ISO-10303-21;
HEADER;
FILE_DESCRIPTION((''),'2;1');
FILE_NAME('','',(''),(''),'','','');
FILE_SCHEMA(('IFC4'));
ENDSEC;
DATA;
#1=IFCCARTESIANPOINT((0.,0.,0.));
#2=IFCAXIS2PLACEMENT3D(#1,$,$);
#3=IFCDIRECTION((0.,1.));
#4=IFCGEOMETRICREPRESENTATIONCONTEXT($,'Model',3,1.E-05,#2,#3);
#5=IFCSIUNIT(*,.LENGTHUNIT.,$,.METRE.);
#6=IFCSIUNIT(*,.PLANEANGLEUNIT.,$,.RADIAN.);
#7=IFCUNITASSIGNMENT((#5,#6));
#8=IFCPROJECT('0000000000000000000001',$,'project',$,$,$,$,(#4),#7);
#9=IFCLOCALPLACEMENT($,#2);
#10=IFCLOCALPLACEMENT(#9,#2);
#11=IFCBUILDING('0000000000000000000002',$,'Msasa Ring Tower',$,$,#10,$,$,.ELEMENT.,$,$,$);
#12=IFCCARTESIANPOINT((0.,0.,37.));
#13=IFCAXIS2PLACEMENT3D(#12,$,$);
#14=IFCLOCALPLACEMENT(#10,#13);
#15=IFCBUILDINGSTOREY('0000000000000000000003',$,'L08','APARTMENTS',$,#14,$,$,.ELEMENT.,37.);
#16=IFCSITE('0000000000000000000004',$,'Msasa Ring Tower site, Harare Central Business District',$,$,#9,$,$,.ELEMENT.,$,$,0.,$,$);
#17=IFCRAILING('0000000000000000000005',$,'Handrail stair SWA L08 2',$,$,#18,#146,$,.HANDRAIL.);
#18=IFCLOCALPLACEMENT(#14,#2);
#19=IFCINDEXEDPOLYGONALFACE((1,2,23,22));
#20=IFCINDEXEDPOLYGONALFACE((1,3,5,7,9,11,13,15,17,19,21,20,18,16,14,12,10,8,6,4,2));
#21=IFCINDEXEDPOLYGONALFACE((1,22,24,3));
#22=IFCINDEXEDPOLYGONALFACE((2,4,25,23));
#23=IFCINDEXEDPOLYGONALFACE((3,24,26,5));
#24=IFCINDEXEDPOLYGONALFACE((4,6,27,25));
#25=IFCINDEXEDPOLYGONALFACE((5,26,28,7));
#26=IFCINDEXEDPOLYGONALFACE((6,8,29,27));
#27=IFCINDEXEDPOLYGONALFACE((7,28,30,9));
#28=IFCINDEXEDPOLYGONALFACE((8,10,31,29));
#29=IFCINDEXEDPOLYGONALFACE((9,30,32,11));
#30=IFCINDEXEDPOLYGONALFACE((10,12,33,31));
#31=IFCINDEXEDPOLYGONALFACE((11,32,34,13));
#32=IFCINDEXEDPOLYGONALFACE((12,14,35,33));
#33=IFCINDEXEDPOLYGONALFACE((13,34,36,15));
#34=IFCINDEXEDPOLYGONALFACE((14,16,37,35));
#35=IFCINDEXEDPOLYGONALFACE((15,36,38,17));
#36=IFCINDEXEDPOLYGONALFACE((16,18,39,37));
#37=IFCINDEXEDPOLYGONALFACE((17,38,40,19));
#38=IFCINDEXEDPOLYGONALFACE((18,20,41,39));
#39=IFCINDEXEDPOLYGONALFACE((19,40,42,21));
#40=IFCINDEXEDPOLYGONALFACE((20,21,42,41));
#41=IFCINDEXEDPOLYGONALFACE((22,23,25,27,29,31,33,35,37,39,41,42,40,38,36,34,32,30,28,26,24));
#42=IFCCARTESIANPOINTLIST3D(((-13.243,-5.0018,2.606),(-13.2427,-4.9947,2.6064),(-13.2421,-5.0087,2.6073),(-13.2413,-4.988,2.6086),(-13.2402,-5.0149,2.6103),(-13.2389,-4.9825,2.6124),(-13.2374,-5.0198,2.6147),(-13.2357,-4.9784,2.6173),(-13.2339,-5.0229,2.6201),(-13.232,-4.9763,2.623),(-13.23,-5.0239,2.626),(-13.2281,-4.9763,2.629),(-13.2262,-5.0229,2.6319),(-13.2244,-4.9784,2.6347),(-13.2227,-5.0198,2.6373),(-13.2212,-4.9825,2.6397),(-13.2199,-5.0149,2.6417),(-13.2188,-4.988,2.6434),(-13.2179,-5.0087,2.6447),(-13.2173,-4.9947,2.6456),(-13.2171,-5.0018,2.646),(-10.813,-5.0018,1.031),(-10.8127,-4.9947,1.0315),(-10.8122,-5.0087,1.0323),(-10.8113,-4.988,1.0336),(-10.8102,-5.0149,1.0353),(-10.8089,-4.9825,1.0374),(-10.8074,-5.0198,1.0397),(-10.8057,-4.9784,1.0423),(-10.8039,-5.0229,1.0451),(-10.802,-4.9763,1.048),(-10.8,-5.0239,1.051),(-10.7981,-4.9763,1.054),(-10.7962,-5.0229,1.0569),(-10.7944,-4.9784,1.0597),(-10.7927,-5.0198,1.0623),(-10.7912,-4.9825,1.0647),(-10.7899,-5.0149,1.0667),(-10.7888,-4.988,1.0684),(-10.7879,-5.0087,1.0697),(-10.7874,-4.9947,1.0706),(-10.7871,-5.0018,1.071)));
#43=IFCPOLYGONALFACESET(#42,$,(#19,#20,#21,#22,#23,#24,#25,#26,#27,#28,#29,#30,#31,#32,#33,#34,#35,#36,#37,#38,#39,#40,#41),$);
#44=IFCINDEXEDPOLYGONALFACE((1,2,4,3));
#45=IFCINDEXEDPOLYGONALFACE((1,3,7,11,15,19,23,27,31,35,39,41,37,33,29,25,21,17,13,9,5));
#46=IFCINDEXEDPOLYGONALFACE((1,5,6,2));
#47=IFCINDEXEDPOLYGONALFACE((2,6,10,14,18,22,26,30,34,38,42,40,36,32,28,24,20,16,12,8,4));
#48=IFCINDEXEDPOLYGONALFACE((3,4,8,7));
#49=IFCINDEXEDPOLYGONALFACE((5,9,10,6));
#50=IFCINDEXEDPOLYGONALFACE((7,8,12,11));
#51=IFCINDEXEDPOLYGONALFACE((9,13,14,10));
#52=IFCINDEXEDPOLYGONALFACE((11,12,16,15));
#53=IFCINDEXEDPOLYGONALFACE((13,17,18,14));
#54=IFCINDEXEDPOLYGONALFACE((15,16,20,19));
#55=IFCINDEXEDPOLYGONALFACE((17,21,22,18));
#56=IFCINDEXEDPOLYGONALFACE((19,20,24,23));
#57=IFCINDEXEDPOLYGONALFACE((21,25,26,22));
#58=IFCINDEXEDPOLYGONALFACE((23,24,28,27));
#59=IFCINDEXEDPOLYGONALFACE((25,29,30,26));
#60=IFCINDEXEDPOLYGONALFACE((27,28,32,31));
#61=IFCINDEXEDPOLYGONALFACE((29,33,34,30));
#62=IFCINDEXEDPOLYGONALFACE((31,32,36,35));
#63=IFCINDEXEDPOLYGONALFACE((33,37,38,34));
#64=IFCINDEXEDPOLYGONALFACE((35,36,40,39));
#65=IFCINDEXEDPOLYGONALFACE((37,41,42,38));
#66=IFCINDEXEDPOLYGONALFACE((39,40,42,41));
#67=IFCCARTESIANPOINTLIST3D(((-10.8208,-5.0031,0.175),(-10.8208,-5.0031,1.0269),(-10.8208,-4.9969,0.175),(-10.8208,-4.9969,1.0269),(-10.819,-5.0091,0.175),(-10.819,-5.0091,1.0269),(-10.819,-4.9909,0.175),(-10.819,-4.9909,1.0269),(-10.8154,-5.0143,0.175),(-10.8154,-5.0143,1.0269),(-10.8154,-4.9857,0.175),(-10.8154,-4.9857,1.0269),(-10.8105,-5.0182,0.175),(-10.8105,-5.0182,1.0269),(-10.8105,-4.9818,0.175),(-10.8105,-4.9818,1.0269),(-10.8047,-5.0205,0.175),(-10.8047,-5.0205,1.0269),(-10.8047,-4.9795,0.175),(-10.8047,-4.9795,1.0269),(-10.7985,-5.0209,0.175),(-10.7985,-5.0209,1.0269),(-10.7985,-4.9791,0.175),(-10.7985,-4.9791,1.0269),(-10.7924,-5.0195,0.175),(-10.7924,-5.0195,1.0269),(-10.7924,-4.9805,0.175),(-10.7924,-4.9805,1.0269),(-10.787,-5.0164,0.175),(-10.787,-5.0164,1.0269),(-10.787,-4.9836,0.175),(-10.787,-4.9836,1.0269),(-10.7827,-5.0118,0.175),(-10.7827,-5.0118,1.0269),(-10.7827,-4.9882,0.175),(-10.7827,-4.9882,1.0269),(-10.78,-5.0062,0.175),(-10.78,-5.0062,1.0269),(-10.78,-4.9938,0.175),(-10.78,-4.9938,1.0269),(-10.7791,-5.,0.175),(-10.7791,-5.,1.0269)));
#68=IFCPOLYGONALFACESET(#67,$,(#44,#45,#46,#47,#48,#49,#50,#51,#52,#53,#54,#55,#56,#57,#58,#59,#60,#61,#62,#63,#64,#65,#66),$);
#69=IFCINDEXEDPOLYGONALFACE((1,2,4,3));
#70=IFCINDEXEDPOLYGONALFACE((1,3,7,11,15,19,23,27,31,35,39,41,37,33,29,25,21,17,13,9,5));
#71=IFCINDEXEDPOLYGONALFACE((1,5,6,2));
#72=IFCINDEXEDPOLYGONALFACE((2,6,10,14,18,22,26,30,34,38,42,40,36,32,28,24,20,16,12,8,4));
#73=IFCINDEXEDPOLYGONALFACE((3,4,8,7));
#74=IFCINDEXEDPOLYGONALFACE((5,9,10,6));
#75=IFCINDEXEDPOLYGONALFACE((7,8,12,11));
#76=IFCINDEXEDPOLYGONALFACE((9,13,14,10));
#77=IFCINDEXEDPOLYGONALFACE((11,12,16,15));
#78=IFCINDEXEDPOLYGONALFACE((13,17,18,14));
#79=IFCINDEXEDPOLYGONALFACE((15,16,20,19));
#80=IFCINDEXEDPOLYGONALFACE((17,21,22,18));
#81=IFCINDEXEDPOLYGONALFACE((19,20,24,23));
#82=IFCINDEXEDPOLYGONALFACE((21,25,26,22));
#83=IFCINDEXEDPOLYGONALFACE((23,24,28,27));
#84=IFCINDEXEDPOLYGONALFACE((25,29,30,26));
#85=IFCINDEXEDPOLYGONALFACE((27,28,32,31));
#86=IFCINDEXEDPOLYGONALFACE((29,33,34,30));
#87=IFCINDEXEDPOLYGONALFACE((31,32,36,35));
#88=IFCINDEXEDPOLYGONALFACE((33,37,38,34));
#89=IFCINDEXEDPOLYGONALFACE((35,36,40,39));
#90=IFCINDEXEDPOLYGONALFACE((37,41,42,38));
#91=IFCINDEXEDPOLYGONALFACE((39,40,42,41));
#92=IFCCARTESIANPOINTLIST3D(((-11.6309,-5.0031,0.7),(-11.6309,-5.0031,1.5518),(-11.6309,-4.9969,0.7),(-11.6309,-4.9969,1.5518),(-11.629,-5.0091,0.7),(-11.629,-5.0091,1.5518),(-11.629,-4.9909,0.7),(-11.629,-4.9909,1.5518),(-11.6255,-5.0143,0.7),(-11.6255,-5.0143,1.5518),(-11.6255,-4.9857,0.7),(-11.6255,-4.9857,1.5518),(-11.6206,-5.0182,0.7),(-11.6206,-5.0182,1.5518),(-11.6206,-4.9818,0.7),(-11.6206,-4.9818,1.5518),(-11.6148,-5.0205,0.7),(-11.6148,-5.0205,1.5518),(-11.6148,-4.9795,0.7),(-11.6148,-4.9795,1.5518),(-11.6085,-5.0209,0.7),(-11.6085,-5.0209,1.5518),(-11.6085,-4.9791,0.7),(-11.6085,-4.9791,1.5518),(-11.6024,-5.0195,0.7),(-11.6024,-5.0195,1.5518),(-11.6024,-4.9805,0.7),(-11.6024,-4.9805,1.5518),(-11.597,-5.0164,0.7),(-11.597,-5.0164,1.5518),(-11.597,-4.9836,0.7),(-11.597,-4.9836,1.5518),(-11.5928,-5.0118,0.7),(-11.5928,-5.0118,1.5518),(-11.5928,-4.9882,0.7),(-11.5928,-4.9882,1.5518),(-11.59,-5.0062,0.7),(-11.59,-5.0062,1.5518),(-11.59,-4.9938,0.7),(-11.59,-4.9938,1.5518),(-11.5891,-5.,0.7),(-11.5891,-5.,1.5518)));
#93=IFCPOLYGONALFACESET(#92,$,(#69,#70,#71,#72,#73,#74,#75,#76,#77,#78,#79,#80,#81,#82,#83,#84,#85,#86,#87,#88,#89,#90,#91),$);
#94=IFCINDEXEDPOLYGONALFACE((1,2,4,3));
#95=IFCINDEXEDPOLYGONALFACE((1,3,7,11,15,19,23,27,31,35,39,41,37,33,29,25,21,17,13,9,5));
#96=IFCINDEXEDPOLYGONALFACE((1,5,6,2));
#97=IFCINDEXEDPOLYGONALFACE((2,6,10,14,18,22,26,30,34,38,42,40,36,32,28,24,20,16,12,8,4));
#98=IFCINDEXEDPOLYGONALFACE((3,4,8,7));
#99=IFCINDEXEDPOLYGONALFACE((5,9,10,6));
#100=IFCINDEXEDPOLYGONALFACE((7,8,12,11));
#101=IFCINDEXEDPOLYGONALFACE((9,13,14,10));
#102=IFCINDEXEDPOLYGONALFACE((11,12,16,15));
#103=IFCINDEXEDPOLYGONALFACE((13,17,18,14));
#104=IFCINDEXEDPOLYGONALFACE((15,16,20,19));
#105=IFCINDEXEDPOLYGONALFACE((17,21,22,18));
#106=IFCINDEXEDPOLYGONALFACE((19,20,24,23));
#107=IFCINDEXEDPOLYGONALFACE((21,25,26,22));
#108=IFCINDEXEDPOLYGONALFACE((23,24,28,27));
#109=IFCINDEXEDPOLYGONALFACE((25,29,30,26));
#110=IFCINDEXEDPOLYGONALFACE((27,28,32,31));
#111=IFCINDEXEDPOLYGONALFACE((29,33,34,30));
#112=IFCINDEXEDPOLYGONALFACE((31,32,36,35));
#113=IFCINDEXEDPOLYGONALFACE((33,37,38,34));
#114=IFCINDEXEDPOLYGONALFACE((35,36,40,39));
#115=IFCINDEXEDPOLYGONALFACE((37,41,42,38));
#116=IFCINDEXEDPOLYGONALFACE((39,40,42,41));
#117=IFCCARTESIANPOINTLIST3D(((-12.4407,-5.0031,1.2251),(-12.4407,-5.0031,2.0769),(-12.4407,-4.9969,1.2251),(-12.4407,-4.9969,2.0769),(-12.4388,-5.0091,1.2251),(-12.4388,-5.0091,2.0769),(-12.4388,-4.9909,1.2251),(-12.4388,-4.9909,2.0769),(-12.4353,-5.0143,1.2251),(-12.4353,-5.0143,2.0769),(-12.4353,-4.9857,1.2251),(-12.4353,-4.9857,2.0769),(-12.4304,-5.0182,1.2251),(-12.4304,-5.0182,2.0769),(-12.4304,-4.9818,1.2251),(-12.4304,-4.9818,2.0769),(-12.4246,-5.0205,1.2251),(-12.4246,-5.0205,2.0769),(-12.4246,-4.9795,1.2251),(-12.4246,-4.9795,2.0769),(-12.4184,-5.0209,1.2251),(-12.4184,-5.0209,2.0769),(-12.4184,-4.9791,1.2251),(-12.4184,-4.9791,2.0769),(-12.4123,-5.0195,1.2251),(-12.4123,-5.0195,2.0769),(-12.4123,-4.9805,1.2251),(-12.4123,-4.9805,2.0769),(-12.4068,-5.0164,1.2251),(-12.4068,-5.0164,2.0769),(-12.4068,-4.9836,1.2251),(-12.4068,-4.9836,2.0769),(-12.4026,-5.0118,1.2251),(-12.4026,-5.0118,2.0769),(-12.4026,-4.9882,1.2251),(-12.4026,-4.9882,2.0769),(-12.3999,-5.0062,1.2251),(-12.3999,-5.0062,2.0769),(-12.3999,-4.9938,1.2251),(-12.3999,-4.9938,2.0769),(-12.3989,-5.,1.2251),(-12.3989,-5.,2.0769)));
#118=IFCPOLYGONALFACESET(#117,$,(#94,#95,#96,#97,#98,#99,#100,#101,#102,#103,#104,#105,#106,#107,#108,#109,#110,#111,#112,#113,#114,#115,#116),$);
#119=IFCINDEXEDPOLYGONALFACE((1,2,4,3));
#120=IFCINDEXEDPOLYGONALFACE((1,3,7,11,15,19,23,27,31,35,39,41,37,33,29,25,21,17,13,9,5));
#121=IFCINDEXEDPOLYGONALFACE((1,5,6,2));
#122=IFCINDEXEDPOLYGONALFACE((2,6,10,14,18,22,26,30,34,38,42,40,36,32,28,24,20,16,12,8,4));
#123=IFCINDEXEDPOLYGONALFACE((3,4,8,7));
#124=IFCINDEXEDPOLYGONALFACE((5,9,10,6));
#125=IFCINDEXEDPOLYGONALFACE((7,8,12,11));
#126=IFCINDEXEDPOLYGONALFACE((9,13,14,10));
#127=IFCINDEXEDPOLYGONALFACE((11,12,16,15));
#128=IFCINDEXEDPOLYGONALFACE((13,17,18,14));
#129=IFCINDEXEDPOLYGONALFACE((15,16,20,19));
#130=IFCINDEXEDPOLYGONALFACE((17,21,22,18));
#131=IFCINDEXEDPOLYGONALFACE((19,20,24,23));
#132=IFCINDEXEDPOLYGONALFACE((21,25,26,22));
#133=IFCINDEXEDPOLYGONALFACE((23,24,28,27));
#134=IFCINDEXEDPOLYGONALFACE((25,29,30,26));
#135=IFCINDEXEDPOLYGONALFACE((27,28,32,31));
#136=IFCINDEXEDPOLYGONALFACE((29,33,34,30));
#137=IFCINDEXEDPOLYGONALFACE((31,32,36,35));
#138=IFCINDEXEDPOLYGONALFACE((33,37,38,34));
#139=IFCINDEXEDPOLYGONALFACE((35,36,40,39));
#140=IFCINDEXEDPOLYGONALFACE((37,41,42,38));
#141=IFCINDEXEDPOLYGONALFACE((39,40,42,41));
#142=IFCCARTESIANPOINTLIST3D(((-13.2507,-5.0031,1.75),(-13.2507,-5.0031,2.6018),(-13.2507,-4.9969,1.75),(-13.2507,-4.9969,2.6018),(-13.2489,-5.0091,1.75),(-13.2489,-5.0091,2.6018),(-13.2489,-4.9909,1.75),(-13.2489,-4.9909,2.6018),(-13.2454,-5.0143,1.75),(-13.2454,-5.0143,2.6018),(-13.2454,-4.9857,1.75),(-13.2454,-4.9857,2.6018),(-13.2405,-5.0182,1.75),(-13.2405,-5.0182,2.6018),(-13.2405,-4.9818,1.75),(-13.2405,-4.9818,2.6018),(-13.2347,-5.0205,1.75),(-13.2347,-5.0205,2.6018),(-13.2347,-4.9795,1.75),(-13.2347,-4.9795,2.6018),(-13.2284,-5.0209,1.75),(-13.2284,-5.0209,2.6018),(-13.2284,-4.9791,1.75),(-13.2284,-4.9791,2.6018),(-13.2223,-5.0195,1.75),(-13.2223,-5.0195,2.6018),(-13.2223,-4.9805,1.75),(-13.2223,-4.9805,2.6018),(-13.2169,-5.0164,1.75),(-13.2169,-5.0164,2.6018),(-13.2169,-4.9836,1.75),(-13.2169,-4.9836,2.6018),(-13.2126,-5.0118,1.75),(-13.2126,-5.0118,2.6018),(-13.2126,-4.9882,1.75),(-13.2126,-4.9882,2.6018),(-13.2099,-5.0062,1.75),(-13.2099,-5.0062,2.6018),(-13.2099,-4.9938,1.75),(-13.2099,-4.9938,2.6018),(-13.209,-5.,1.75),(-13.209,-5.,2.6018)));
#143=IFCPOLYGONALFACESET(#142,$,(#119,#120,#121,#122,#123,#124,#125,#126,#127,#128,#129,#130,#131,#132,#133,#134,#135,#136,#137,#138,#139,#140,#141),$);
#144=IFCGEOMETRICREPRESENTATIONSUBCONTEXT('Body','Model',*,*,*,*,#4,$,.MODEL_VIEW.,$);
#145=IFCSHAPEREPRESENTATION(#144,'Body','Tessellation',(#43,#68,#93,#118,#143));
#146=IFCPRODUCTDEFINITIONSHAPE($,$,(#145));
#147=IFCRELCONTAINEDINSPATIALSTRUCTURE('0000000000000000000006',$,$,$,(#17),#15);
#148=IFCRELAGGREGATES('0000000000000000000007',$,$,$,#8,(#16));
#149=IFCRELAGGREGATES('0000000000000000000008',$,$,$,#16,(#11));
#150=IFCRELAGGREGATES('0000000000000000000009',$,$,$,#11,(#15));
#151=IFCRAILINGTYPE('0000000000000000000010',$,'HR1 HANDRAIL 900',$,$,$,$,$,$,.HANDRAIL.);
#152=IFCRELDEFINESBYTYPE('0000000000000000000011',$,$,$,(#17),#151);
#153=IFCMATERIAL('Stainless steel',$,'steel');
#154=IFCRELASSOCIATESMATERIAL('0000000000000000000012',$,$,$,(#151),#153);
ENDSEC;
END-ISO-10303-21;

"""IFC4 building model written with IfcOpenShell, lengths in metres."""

from ifc_helpers import new_model, si_unit, direction, frame, origin, origin_2d, place, context, subcontext, project, spatial, circle, extrude, material, type_object, element, save


model = new_model("IFC4")

# Units and contexts
model_context = context("Model", 3, precision=1e-05, world=origin(), true_north=direction((0.0, 1.0)))
body_context = subcontext(model_context, "Body", "Model", "MODEL_VIEW")
ifc_project = project(units=[si_unit("LENGTHUNIT", "METRE"), si_unit("PLANEANGLEUNIT", "RADIAN")], contexts=[model_context])

# Site, building, storey
site_placement = place(None, origin())
site = spatial("IfcSite", under=ifc_project, at=site_placement, Name="Msasa Ring Tower site, Harare Central Business District", CompositionType="ELEMENT", RefElevation=0.0)
building_placement = place(site_placement, origin())
building = spatial("IfcBuilding", under=site, at=building_placement, Name="Msasa Ring Tower", CompositionType="ELEMENT")
storey_placement = place(building_placement, frame((0.0, 0.0, 37.0)))
storey = spatial("IfcBuildingStorey", under=building, at=storey_placement, Name="L08", Description="APARTMENTS", CompositionType="ELEMENT", Elevation=37.0)

# Railing
ifc_material_1 = material(Name="Stainless steel", Category="steel")
railing_type = type_object("IfcRailingType", Name="HR1 HANDRAIL 900", PredefinedType="HANDRAIL", material=ifc_material_1)
for number, where, name in (
    (1, (-10.8, -5.0, 0.175), "Handrail stair SWA L08 2"),
):
    element("IfcRailing", number, at=place(storey_placement, frame(where)), inside=storey, type_object=railing_type, Name=name, PredefinedType="HANDRAIL", context=body_context, shape_type="SweptSolid", body=[
        extrude(circle(Radius=0.0239, at=origin_2d()), frame((0.0, 0.0, 0.876), z_axis=(-0.839154, 0.0, 0.543894), x_axis=(0.0, -1.0, 0.0)), (0.0, 0.0, 1.0), 2.8958),
        extrude(circle(Radius=0.021, at=origin_2d()), origin(), (0.0, 0.0, 1.0), 0.8518),
        extrude(circle(Radius=0.021, at=origin_2d()), frame((-0.8101, 0.0, 0.5249)), (0.0, 0.0, 1.0), 0.8518),
        extrude(circle(Radius=0.021, at=origin_2d()), frame((-1.6199, 0.0, 1.05)), (0.0, 0.0, 1.0), 0.8518),
        extrude(circle(Radius=0.021, at=origin_2d()), frame((-2.4299, 0.0, 1.575)), (0.0, 0.0, 1.0), 0.8518),
    ])

save(model, "model.ifc")
